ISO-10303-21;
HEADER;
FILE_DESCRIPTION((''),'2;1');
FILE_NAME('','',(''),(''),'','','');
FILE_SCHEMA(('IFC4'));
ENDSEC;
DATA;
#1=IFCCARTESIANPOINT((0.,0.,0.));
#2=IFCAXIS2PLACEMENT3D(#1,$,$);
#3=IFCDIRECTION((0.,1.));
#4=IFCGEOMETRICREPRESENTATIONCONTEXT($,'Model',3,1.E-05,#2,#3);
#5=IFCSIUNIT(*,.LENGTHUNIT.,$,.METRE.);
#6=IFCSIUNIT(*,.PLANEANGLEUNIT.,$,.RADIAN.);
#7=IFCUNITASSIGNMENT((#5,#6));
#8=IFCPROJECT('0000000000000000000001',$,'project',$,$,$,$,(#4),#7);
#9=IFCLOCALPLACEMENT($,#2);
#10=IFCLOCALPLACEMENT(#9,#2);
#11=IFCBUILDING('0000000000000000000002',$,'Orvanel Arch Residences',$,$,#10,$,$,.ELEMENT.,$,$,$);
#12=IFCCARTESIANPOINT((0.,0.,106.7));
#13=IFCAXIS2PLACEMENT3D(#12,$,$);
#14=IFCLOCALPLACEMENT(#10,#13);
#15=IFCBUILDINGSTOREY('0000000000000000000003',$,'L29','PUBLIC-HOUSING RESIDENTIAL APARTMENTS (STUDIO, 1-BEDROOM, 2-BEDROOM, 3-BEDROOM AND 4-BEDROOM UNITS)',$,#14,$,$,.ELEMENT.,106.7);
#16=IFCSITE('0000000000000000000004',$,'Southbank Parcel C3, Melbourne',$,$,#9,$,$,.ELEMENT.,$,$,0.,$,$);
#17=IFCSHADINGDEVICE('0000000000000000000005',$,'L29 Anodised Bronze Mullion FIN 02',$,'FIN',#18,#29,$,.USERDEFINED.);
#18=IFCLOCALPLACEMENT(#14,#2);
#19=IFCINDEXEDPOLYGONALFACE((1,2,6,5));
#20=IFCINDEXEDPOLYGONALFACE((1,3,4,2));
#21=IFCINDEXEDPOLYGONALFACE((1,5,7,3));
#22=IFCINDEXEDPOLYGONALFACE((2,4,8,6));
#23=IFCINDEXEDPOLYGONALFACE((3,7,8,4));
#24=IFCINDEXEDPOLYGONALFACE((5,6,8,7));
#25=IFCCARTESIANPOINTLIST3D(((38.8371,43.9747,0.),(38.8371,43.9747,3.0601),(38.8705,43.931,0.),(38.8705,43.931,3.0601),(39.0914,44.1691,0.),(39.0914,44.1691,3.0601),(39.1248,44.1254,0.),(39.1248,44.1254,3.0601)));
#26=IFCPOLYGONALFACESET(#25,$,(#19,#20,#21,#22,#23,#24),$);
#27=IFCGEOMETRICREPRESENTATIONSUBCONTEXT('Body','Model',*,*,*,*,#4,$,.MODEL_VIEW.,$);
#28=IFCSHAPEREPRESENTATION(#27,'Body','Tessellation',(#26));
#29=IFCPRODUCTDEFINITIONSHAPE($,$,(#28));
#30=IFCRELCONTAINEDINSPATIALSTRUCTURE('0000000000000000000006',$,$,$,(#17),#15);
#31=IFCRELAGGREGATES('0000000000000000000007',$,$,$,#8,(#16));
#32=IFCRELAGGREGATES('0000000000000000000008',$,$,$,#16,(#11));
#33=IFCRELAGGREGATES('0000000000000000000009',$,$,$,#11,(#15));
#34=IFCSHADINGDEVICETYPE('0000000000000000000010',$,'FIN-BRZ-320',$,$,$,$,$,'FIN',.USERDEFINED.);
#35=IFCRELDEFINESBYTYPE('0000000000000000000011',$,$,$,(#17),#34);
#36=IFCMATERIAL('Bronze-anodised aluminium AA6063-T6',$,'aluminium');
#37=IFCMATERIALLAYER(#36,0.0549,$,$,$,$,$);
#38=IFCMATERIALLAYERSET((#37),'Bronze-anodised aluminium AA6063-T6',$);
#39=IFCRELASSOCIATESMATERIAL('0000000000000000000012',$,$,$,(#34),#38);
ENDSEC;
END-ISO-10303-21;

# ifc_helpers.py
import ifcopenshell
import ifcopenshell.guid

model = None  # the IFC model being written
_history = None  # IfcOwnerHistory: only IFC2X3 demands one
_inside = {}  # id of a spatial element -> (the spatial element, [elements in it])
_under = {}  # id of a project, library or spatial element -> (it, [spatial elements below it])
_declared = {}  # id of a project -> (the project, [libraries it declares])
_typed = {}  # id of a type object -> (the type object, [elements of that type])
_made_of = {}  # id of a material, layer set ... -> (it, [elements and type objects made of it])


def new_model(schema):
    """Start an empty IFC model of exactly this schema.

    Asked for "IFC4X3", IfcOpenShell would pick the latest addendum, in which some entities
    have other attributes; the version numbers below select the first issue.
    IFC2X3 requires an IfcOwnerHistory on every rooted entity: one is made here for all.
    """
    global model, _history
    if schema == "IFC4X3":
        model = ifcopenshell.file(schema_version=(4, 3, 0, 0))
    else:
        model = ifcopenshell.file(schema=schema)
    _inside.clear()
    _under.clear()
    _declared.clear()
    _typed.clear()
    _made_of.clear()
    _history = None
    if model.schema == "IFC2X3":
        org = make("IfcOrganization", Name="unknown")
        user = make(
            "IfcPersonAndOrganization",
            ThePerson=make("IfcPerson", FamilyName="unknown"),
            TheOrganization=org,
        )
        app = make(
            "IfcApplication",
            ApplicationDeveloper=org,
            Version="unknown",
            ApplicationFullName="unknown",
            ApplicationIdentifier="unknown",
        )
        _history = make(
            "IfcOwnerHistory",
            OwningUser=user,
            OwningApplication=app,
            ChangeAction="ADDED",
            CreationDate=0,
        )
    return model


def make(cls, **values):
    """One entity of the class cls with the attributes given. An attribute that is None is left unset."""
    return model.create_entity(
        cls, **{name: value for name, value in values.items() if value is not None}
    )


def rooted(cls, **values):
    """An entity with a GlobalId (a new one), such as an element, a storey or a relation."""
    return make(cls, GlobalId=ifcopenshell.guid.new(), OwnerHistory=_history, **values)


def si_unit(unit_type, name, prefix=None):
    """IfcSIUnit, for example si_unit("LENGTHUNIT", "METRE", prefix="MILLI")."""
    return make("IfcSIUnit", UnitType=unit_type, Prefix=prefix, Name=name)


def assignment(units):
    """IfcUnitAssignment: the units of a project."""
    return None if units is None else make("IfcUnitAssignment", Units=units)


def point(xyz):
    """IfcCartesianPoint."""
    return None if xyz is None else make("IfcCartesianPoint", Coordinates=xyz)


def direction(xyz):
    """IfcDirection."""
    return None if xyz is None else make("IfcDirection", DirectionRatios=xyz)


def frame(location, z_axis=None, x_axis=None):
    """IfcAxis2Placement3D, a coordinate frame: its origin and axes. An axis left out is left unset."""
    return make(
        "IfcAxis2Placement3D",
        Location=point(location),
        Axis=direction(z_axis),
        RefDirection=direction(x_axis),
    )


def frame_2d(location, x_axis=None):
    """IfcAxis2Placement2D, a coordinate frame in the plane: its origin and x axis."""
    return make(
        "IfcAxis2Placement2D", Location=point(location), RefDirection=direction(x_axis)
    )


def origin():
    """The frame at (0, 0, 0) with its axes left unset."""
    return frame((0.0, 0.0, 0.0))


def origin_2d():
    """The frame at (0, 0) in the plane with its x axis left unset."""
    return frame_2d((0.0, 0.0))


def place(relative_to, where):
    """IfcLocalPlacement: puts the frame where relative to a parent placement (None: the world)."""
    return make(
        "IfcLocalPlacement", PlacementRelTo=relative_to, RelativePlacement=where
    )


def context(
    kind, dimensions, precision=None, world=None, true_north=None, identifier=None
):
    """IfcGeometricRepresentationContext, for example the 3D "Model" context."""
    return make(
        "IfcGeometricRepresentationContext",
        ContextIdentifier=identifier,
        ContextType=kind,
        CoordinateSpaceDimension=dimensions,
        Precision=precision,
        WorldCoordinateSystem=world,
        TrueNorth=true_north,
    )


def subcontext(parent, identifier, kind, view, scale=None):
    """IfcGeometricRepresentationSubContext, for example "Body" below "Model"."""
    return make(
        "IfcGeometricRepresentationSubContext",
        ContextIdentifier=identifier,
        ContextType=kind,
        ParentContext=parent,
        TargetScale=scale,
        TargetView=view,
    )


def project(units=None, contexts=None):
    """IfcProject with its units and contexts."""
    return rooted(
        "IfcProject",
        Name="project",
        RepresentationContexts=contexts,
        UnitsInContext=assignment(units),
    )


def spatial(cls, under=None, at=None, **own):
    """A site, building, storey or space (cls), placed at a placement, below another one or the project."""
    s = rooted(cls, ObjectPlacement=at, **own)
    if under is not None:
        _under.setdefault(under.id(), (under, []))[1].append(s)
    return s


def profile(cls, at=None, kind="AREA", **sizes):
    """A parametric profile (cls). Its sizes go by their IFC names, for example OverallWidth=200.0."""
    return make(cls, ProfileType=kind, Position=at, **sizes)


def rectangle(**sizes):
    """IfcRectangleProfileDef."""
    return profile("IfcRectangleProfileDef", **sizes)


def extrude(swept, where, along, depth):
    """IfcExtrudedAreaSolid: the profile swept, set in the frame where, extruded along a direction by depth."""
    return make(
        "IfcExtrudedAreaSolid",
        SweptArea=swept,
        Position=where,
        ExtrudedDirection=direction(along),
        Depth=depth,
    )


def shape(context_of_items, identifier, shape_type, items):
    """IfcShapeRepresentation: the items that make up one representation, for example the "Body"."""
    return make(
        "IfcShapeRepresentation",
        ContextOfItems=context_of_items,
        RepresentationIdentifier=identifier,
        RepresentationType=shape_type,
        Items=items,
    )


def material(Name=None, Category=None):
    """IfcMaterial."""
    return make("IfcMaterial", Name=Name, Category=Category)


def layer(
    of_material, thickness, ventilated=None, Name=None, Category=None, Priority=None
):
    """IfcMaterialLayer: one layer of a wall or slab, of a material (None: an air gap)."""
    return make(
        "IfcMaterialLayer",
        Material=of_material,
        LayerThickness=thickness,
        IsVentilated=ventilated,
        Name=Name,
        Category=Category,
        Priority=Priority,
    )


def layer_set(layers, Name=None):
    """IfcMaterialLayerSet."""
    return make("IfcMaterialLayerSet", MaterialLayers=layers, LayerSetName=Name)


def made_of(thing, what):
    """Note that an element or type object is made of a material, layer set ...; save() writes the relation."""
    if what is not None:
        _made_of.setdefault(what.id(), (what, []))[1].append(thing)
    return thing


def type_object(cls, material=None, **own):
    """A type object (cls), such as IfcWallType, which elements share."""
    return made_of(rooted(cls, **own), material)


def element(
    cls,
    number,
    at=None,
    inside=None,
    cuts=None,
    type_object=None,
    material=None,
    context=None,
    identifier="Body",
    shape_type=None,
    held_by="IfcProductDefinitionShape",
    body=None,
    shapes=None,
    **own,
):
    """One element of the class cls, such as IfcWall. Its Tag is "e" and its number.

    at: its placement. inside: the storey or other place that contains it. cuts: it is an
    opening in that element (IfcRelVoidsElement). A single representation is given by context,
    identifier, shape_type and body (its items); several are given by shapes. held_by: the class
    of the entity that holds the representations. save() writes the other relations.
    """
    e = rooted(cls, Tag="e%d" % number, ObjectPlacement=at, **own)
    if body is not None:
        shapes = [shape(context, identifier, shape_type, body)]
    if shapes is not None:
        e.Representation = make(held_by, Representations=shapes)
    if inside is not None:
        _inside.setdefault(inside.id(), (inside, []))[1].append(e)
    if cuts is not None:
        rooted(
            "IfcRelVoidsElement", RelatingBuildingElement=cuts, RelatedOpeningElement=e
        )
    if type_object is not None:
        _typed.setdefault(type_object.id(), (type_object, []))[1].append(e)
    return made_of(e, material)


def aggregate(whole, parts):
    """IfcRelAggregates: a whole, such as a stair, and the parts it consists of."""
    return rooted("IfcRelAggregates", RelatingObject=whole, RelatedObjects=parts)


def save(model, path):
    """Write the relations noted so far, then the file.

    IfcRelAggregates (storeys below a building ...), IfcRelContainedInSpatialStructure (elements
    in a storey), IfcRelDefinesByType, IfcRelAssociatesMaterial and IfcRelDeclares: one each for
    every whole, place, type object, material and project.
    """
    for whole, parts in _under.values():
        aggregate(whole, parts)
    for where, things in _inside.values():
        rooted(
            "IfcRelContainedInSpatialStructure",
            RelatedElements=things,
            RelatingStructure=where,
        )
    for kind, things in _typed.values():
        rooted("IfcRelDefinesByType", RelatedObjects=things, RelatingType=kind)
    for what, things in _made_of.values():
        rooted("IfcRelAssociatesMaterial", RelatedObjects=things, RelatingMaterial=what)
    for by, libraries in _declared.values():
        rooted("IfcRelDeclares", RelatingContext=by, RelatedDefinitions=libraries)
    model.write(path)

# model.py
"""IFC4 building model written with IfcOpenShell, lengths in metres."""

from ifc_helpers import new_model, si_unit, direction, frame, origin, origin_2d, place, context, subcontext, project, spatial, rectangle, extrude, material, layer, layer_set, type_object, element, save


model = new_model("IFC4")

# Units and contexts
model_context = context("Model", 3, precision=1e-05, world=origin(), true_north=direction((0.0, 1.0)))
body_context = subcontext(model_context, "Body", "Model", "MODEL_VIEW")
ifc_project = project(units=[si_unit("LENGTHUNIT", "METRE"), si_unit("PLANEANGLEUNIT", "RADIAN")], contexts=[model_context])

# Site, building, storey
site_placement = place(None, origin())
site = spatial("IfcSite", under=ifc_project, at=site_placement, Name="Southbank Parcel C3, Melbourne", CompositionType="ELEMENT", RefElevation=0.0)
building_placement = place(site_placement, origin())
building = spatial("IfcBuilding", under=site, at=building_placement, Name="Orvanel Arch Residences", CompositionType="ELEMENT")
storey_placement = place(building_placement, frame((0.0, 0.0, 106.7)))
storey = spatial("IfcBuildingStorey", under=building, at=storey_placement, Name="L29", Description="PUBLIC-HOUSING RESIDENTIAL APARTMENTS (STUDIO, 1-BEDROOM, 2-BEDROOM, 3-BEDROOM AND 4-BEDROOM UNITS)", CompositionType="ELEMENT", Elevation=106.7)

# Shared definitions
ifc_material_1 = material(Name="Bronze-anodised aluminium AA6063-T6", Category="aluminium")

# Shading device
ifc_layer_1 = layer(ifc_material_1, 0.0549)
ifc_layer_set_1 = layer_set([ifc_layer_1], Name="Bronze-anodised aluminium AA6063-T6")
shading_device_type = type_object("IfcShadingDeviceType", Name="FIN-BRZ-320", ElementType="FIN", PredefinedType="USERDEFINED", material=ifc_layer_set_1)
for number, where, z_axis, x_axis, name in (
    (1, (38.981, 44.05, 0.0), (0.0, 0.0, 1.0), (0.794415, 0.607376, 0.0), "L29 Anodised Bronze Mullion FIN 02"),
):
    element("IfcShadingDevice", number, at=place(storey_placement, frame(where, z_axis=z_axis, x_axis=x_axis)), inside=storey, type_object=shading_device_type, Name=name, ObjectType="FIN", PredefinedType="USERDEFINED", context=body_context, shape_type="SweptSolid", body=[
        extrude(rectangle(XDim=0.3201, YDim=0.0549, at=origin_2d()), origin(), (0.0, 0.0, 1.0), 3.0601),
    ])

save(model, "model.ifc")
